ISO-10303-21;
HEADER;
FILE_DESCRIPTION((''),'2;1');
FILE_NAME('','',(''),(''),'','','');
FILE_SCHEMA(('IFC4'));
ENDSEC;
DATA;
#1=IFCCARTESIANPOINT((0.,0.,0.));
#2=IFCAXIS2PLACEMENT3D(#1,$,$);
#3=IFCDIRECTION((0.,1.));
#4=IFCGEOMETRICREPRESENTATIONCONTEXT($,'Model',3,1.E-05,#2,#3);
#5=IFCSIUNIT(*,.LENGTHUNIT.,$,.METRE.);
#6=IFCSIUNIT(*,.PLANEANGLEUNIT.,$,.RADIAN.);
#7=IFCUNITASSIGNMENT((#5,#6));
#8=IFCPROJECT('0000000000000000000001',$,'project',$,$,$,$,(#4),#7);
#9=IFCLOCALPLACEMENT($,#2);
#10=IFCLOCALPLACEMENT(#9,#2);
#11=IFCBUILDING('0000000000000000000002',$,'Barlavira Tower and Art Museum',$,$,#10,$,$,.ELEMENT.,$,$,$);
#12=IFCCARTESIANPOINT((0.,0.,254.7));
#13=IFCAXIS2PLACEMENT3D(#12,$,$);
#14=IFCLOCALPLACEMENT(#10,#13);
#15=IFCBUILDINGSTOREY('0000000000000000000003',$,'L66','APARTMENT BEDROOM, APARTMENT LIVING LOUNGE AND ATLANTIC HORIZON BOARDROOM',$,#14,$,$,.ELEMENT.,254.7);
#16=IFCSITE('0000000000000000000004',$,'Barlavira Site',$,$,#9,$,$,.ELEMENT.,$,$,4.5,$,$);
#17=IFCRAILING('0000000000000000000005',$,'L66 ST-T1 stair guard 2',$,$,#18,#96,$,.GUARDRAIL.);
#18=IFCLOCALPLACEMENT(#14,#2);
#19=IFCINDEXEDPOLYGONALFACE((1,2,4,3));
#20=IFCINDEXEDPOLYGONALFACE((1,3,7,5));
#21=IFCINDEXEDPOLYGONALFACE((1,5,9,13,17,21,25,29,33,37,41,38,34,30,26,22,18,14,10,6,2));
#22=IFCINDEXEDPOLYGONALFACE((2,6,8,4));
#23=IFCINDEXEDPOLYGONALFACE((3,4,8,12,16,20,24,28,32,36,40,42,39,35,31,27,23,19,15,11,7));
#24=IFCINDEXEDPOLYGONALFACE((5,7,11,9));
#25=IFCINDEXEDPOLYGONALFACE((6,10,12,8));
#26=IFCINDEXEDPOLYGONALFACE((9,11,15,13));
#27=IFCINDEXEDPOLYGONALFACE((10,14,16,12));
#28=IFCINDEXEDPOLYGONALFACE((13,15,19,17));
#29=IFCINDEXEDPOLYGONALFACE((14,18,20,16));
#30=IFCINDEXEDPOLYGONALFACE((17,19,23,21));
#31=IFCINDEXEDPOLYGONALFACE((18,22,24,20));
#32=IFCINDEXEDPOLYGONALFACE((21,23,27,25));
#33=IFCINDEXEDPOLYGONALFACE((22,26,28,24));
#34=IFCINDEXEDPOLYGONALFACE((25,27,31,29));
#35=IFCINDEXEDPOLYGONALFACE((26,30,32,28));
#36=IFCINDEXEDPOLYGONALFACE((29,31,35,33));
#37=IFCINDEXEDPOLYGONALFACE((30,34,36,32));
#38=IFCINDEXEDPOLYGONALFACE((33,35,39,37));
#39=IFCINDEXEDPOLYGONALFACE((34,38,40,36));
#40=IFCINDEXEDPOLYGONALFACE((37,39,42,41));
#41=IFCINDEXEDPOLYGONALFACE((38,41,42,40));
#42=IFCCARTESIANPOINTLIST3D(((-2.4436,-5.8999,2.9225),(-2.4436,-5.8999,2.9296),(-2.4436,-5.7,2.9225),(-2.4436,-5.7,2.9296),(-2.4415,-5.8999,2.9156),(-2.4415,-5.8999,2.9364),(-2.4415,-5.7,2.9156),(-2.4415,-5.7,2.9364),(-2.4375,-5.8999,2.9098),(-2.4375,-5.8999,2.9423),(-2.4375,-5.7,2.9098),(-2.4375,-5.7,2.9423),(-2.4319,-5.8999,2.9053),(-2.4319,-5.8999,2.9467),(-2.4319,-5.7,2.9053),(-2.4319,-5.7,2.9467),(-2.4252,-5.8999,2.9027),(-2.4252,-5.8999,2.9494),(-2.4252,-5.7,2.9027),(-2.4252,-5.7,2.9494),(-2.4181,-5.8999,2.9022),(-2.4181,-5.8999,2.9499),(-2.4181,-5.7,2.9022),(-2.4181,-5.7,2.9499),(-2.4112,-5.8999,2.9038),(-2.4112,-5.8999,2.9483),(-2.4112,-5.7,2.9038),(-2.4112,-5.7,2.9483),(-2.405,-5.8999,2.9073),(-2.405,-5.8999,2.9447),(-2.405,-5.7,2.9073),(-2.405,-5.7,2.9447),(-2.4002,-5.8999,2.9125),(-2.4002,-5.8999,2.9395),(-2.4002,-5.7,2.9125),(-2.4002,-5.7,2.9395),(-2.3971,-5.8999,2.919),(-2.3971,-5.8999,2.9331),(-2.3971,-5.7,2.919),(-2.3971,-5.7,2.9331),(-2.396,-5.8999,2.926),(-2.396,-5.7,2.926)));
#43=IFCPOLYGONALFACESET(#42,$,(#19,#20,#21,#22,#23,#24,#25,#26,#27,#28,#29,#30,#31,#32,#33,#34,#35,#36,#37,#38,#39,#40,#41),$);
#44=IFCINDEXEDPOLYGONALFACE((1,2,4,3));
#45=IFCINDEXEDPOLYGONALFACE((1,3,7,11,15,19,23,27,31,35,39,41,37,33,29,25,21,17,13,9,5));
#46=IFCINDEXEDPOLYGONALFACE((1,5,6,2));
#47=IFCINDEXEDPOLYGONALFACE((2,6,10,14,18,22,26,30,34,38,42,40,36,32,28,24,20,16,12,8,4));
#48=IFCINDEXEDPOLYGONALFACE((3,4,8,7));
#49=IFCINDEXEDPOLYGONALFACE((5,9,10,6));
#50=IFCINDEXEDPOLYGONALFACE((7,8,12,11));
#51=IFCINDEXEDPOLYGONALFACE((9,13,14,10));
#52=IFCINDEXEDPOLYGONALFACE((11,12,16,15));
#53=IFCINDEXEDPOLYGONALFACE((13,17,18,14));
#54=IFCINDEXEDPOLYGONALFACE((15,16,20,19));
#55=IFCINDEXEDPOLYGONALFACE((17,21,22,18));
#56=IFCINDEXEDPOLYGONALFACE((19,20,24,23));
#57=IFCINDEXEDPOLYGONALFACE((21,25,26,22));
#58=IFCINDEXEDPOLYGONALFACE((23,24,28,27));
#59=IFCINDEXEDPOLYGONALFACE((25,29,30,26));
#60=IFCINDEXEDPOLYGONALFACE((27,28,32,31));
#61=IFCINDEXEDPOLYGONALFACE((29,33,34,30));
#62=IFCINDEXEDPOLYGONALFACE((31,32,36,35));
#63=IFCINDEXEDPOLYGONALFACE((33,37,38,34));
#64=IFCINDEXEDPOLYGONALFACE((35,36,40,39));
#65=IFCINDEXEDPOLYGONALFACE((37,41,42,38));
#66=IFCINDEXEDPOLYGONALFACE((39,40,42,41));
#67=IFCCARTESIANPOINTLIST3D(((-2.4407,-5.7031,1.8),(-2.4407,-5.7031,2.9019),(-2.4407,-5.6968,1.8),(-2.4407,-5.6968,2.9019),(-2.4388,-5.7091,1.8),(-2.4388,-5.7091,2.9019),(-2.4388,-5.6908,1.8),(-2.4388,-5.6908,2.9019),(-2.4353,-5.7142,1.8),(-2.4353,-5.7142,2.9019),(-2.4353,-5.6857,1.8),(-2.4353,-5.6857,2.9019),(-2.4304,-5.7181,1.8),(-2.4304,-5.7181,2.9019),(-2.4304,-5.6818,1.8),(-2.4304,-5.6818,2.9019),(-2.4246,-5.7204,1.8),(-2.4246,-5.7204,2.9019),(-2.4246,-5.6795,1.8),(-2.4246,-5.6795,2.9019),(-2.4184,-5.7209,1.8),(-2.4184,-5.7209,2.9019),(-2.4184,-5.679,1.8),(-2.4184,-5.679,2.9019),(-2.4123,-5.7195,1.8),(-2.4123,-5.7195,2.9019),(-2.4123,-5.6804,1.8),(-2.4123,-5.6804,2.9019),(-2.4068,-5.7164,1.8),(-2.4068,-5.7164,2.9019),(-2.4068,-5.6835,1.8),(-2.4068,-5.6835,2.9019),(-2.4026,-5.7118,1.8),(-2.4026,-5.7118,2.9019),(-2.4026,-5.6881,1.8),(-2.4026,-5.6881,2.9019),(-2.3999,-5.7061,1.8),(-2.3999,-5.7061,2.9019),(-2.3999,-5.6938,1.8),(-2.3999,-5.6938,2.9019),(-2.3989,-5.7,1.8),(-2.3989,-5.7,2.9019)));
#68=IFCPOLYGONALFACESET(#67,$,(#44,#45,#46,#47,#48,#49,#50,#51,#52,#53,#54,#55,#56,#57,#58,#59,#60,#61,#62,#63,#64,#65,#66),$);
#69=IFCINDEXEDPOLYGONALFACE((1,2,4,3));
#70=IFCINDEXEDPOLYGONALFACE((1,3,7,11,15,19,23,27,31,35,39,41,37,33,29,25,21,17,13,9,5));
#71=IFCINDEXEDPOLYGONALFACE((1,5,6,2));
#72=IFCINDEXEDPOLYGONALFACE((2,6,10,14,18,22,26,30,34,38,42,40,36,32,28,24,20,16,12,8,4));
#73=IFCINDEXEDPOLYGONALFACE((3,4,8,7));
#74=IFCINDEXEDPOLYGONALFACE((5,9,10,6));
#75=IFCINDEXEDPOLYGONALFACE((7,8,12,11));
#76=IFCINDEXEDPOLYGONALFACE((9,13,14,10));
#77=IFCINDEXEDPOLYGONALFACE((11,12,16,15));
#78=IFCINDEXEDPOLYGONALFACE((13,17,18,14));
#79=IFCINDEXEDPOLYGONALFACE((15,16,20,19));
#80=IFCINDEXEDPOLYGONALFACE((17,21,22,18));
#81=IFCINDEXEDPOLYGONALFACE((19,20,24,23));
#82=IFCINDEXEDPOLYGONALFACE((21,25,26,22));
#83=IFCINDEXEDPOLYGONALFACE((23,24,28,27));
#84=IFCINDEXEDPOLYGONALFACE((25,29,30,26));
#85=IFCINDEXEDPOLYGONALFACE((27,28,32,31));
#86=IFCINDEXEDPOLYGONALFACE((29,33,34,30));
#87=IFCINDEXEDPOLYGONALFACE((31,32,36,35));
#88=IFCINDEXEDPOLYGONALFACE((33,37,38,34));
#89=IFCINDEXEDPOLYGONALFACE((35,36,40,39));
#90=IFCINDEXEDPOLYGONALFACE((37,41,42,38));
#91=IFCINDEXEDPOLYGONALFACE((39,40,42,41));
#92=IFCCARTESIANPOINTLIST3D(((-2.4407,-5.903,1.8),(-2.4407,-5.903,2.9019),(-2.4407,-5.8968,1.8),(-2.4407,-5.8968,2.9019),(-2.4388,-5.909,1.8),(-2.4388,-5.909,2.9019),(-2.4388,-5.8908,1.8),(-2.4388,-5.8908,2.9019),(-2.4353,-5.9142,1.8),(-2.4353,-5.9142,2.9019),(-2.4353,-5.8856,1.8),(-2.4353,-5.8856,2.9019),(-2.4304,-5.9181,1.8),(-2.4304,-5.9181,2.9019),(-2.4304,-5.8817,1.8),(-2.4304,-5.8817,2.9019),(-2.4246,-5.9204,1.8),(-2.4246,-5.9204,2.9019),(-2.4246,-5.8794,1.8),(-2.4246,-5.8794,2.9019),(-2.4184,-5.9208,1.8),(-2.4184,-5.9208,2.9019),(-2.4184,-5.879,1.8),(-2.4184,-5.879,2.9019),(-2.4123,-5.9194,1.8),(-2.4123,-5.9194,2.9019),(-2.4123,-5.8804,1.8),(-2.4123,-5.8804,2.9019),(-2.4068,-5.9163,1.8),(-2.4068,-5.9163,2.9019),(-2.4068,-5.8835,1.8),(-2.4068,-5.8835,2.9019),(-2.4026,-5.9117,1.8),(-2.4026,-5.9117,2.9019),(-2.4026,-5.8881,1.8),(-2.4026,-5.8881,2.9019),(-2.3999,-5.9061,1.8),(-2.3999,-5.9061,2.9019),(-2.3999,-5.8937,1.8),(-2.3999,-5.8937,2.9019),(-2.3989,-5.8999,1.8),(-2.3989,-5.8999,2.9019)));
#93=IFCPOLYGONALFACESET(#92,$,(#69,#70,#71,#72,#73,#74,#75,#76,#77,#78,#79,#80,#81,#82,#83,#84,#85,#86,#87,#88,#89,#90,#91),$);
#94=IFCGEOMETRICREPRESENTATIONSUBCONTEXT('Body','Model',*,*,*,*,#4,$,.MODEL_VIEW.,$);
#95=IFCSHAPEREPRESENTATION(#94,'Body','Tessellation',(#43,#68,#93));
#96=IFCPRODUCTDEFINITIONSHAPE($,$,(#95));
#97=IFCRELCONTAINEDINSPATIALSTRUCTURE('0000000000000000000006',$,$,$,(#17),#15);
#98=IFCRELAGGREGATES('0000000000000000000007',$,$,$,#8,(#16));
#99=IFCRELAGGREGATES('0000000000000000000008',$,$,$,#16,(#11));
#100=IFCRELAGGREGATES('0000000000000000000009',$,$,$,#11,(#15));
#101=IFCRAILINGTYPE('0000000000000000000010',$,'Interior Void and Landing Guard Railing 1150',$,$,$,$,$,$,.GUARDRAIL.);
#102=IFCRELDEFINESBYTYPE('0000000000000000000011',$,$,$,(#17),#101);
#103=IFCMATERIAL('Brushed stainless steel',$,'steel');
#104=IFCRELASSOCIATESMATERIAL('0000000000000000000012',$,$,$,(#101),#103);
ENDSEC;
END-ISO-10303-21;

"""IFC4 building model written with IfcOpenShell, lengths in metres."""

from ifc_helpers import new_model, si_unit, direction, frame, origin, origin_2d, place, context, subcontext, project, spatial, circle, extrude, material, type_object, element, save


model = new_model("IFC4")

# Units and contexts
model_context = context("Model", 3, precision=1e-05, world=origin(), true_north=direction((0.0, 1.0)))
body_context = subcontext(model_context, "Body", "Model", "MODEL_VIEW")
ifc_project = project(units=[si_unit("LENGTHUNIT", "METRE"), si_unit("PLANEANGLEUNIT", "RADIAN")], contexts=[model_context])

# Site, building, storey
site_placement = place(None, origin())
site = spatial("IfcSite", under=ifc_project, at=site_placement, Name="Barlavira Site", CompositionType="ELEMENT", RefElevation=4.5)
building_placement = place(site_placement, origin())
building = spatial("IfcBuilding", under=site, at=building_placement, Name="Barlavira Tower and Art Museum", CompositionType="ELEMENT")
storey_placement = place(building_placement, frame((0.0, 0.0, 254.7)))
storey = spatial("IfcBuildingStorey", under=building, at=storey_placement, Name="L66", Description="APARTMENT BEDROOM, APARTMENT LIVING LOUNGE AND ATLANTIC HORIZON BOARDROOM", CompositionType="ELEMENT", Elevation=254.7)

# Shared definitions
ifc_material_1 = material(Name="Brushed stainless steel", Category="steel")

# Railing
railing_type_1 = type_object("IfcRailingType", Name="Interior Void and Landing Guard Railing 1150", PredefinedType="GUARDRAIL", material=ifc_material_1)
railing_1_placement = place(storey_placement, frame((-2.4199, -5.7, 1.8)))
element("IfcRailing", 1, at=railing_1_placement, inside=storey, type_object=railing_type_1, Name="L66 ST-T1 stair guard 2", PredefinedType="GUARDRAIL", context=body_context, shape_type="SweptSolid", body=[
    extrude(circle(Radius=0.0239, at=origin_2d()), frame((0.0, 0.0, 1.126), z_axis=(0.0, -1.0, 0.0), x_axis=(1.0, 0.0, 0.0)), (0.0, 0.0, 1.0), 0.2),
    extrude(circle(Radius=0.021, at=origin_2d()), origin(), (0.0, 0.0, 1.0), 1.1018),
    extrude(circle(Radius=0.021, at=origin_2d()), frame((0.0, -0.2, 0.0)), (0.0, 0.0, 1.0), 1.1018),
])

save(model, "model.ifc")
